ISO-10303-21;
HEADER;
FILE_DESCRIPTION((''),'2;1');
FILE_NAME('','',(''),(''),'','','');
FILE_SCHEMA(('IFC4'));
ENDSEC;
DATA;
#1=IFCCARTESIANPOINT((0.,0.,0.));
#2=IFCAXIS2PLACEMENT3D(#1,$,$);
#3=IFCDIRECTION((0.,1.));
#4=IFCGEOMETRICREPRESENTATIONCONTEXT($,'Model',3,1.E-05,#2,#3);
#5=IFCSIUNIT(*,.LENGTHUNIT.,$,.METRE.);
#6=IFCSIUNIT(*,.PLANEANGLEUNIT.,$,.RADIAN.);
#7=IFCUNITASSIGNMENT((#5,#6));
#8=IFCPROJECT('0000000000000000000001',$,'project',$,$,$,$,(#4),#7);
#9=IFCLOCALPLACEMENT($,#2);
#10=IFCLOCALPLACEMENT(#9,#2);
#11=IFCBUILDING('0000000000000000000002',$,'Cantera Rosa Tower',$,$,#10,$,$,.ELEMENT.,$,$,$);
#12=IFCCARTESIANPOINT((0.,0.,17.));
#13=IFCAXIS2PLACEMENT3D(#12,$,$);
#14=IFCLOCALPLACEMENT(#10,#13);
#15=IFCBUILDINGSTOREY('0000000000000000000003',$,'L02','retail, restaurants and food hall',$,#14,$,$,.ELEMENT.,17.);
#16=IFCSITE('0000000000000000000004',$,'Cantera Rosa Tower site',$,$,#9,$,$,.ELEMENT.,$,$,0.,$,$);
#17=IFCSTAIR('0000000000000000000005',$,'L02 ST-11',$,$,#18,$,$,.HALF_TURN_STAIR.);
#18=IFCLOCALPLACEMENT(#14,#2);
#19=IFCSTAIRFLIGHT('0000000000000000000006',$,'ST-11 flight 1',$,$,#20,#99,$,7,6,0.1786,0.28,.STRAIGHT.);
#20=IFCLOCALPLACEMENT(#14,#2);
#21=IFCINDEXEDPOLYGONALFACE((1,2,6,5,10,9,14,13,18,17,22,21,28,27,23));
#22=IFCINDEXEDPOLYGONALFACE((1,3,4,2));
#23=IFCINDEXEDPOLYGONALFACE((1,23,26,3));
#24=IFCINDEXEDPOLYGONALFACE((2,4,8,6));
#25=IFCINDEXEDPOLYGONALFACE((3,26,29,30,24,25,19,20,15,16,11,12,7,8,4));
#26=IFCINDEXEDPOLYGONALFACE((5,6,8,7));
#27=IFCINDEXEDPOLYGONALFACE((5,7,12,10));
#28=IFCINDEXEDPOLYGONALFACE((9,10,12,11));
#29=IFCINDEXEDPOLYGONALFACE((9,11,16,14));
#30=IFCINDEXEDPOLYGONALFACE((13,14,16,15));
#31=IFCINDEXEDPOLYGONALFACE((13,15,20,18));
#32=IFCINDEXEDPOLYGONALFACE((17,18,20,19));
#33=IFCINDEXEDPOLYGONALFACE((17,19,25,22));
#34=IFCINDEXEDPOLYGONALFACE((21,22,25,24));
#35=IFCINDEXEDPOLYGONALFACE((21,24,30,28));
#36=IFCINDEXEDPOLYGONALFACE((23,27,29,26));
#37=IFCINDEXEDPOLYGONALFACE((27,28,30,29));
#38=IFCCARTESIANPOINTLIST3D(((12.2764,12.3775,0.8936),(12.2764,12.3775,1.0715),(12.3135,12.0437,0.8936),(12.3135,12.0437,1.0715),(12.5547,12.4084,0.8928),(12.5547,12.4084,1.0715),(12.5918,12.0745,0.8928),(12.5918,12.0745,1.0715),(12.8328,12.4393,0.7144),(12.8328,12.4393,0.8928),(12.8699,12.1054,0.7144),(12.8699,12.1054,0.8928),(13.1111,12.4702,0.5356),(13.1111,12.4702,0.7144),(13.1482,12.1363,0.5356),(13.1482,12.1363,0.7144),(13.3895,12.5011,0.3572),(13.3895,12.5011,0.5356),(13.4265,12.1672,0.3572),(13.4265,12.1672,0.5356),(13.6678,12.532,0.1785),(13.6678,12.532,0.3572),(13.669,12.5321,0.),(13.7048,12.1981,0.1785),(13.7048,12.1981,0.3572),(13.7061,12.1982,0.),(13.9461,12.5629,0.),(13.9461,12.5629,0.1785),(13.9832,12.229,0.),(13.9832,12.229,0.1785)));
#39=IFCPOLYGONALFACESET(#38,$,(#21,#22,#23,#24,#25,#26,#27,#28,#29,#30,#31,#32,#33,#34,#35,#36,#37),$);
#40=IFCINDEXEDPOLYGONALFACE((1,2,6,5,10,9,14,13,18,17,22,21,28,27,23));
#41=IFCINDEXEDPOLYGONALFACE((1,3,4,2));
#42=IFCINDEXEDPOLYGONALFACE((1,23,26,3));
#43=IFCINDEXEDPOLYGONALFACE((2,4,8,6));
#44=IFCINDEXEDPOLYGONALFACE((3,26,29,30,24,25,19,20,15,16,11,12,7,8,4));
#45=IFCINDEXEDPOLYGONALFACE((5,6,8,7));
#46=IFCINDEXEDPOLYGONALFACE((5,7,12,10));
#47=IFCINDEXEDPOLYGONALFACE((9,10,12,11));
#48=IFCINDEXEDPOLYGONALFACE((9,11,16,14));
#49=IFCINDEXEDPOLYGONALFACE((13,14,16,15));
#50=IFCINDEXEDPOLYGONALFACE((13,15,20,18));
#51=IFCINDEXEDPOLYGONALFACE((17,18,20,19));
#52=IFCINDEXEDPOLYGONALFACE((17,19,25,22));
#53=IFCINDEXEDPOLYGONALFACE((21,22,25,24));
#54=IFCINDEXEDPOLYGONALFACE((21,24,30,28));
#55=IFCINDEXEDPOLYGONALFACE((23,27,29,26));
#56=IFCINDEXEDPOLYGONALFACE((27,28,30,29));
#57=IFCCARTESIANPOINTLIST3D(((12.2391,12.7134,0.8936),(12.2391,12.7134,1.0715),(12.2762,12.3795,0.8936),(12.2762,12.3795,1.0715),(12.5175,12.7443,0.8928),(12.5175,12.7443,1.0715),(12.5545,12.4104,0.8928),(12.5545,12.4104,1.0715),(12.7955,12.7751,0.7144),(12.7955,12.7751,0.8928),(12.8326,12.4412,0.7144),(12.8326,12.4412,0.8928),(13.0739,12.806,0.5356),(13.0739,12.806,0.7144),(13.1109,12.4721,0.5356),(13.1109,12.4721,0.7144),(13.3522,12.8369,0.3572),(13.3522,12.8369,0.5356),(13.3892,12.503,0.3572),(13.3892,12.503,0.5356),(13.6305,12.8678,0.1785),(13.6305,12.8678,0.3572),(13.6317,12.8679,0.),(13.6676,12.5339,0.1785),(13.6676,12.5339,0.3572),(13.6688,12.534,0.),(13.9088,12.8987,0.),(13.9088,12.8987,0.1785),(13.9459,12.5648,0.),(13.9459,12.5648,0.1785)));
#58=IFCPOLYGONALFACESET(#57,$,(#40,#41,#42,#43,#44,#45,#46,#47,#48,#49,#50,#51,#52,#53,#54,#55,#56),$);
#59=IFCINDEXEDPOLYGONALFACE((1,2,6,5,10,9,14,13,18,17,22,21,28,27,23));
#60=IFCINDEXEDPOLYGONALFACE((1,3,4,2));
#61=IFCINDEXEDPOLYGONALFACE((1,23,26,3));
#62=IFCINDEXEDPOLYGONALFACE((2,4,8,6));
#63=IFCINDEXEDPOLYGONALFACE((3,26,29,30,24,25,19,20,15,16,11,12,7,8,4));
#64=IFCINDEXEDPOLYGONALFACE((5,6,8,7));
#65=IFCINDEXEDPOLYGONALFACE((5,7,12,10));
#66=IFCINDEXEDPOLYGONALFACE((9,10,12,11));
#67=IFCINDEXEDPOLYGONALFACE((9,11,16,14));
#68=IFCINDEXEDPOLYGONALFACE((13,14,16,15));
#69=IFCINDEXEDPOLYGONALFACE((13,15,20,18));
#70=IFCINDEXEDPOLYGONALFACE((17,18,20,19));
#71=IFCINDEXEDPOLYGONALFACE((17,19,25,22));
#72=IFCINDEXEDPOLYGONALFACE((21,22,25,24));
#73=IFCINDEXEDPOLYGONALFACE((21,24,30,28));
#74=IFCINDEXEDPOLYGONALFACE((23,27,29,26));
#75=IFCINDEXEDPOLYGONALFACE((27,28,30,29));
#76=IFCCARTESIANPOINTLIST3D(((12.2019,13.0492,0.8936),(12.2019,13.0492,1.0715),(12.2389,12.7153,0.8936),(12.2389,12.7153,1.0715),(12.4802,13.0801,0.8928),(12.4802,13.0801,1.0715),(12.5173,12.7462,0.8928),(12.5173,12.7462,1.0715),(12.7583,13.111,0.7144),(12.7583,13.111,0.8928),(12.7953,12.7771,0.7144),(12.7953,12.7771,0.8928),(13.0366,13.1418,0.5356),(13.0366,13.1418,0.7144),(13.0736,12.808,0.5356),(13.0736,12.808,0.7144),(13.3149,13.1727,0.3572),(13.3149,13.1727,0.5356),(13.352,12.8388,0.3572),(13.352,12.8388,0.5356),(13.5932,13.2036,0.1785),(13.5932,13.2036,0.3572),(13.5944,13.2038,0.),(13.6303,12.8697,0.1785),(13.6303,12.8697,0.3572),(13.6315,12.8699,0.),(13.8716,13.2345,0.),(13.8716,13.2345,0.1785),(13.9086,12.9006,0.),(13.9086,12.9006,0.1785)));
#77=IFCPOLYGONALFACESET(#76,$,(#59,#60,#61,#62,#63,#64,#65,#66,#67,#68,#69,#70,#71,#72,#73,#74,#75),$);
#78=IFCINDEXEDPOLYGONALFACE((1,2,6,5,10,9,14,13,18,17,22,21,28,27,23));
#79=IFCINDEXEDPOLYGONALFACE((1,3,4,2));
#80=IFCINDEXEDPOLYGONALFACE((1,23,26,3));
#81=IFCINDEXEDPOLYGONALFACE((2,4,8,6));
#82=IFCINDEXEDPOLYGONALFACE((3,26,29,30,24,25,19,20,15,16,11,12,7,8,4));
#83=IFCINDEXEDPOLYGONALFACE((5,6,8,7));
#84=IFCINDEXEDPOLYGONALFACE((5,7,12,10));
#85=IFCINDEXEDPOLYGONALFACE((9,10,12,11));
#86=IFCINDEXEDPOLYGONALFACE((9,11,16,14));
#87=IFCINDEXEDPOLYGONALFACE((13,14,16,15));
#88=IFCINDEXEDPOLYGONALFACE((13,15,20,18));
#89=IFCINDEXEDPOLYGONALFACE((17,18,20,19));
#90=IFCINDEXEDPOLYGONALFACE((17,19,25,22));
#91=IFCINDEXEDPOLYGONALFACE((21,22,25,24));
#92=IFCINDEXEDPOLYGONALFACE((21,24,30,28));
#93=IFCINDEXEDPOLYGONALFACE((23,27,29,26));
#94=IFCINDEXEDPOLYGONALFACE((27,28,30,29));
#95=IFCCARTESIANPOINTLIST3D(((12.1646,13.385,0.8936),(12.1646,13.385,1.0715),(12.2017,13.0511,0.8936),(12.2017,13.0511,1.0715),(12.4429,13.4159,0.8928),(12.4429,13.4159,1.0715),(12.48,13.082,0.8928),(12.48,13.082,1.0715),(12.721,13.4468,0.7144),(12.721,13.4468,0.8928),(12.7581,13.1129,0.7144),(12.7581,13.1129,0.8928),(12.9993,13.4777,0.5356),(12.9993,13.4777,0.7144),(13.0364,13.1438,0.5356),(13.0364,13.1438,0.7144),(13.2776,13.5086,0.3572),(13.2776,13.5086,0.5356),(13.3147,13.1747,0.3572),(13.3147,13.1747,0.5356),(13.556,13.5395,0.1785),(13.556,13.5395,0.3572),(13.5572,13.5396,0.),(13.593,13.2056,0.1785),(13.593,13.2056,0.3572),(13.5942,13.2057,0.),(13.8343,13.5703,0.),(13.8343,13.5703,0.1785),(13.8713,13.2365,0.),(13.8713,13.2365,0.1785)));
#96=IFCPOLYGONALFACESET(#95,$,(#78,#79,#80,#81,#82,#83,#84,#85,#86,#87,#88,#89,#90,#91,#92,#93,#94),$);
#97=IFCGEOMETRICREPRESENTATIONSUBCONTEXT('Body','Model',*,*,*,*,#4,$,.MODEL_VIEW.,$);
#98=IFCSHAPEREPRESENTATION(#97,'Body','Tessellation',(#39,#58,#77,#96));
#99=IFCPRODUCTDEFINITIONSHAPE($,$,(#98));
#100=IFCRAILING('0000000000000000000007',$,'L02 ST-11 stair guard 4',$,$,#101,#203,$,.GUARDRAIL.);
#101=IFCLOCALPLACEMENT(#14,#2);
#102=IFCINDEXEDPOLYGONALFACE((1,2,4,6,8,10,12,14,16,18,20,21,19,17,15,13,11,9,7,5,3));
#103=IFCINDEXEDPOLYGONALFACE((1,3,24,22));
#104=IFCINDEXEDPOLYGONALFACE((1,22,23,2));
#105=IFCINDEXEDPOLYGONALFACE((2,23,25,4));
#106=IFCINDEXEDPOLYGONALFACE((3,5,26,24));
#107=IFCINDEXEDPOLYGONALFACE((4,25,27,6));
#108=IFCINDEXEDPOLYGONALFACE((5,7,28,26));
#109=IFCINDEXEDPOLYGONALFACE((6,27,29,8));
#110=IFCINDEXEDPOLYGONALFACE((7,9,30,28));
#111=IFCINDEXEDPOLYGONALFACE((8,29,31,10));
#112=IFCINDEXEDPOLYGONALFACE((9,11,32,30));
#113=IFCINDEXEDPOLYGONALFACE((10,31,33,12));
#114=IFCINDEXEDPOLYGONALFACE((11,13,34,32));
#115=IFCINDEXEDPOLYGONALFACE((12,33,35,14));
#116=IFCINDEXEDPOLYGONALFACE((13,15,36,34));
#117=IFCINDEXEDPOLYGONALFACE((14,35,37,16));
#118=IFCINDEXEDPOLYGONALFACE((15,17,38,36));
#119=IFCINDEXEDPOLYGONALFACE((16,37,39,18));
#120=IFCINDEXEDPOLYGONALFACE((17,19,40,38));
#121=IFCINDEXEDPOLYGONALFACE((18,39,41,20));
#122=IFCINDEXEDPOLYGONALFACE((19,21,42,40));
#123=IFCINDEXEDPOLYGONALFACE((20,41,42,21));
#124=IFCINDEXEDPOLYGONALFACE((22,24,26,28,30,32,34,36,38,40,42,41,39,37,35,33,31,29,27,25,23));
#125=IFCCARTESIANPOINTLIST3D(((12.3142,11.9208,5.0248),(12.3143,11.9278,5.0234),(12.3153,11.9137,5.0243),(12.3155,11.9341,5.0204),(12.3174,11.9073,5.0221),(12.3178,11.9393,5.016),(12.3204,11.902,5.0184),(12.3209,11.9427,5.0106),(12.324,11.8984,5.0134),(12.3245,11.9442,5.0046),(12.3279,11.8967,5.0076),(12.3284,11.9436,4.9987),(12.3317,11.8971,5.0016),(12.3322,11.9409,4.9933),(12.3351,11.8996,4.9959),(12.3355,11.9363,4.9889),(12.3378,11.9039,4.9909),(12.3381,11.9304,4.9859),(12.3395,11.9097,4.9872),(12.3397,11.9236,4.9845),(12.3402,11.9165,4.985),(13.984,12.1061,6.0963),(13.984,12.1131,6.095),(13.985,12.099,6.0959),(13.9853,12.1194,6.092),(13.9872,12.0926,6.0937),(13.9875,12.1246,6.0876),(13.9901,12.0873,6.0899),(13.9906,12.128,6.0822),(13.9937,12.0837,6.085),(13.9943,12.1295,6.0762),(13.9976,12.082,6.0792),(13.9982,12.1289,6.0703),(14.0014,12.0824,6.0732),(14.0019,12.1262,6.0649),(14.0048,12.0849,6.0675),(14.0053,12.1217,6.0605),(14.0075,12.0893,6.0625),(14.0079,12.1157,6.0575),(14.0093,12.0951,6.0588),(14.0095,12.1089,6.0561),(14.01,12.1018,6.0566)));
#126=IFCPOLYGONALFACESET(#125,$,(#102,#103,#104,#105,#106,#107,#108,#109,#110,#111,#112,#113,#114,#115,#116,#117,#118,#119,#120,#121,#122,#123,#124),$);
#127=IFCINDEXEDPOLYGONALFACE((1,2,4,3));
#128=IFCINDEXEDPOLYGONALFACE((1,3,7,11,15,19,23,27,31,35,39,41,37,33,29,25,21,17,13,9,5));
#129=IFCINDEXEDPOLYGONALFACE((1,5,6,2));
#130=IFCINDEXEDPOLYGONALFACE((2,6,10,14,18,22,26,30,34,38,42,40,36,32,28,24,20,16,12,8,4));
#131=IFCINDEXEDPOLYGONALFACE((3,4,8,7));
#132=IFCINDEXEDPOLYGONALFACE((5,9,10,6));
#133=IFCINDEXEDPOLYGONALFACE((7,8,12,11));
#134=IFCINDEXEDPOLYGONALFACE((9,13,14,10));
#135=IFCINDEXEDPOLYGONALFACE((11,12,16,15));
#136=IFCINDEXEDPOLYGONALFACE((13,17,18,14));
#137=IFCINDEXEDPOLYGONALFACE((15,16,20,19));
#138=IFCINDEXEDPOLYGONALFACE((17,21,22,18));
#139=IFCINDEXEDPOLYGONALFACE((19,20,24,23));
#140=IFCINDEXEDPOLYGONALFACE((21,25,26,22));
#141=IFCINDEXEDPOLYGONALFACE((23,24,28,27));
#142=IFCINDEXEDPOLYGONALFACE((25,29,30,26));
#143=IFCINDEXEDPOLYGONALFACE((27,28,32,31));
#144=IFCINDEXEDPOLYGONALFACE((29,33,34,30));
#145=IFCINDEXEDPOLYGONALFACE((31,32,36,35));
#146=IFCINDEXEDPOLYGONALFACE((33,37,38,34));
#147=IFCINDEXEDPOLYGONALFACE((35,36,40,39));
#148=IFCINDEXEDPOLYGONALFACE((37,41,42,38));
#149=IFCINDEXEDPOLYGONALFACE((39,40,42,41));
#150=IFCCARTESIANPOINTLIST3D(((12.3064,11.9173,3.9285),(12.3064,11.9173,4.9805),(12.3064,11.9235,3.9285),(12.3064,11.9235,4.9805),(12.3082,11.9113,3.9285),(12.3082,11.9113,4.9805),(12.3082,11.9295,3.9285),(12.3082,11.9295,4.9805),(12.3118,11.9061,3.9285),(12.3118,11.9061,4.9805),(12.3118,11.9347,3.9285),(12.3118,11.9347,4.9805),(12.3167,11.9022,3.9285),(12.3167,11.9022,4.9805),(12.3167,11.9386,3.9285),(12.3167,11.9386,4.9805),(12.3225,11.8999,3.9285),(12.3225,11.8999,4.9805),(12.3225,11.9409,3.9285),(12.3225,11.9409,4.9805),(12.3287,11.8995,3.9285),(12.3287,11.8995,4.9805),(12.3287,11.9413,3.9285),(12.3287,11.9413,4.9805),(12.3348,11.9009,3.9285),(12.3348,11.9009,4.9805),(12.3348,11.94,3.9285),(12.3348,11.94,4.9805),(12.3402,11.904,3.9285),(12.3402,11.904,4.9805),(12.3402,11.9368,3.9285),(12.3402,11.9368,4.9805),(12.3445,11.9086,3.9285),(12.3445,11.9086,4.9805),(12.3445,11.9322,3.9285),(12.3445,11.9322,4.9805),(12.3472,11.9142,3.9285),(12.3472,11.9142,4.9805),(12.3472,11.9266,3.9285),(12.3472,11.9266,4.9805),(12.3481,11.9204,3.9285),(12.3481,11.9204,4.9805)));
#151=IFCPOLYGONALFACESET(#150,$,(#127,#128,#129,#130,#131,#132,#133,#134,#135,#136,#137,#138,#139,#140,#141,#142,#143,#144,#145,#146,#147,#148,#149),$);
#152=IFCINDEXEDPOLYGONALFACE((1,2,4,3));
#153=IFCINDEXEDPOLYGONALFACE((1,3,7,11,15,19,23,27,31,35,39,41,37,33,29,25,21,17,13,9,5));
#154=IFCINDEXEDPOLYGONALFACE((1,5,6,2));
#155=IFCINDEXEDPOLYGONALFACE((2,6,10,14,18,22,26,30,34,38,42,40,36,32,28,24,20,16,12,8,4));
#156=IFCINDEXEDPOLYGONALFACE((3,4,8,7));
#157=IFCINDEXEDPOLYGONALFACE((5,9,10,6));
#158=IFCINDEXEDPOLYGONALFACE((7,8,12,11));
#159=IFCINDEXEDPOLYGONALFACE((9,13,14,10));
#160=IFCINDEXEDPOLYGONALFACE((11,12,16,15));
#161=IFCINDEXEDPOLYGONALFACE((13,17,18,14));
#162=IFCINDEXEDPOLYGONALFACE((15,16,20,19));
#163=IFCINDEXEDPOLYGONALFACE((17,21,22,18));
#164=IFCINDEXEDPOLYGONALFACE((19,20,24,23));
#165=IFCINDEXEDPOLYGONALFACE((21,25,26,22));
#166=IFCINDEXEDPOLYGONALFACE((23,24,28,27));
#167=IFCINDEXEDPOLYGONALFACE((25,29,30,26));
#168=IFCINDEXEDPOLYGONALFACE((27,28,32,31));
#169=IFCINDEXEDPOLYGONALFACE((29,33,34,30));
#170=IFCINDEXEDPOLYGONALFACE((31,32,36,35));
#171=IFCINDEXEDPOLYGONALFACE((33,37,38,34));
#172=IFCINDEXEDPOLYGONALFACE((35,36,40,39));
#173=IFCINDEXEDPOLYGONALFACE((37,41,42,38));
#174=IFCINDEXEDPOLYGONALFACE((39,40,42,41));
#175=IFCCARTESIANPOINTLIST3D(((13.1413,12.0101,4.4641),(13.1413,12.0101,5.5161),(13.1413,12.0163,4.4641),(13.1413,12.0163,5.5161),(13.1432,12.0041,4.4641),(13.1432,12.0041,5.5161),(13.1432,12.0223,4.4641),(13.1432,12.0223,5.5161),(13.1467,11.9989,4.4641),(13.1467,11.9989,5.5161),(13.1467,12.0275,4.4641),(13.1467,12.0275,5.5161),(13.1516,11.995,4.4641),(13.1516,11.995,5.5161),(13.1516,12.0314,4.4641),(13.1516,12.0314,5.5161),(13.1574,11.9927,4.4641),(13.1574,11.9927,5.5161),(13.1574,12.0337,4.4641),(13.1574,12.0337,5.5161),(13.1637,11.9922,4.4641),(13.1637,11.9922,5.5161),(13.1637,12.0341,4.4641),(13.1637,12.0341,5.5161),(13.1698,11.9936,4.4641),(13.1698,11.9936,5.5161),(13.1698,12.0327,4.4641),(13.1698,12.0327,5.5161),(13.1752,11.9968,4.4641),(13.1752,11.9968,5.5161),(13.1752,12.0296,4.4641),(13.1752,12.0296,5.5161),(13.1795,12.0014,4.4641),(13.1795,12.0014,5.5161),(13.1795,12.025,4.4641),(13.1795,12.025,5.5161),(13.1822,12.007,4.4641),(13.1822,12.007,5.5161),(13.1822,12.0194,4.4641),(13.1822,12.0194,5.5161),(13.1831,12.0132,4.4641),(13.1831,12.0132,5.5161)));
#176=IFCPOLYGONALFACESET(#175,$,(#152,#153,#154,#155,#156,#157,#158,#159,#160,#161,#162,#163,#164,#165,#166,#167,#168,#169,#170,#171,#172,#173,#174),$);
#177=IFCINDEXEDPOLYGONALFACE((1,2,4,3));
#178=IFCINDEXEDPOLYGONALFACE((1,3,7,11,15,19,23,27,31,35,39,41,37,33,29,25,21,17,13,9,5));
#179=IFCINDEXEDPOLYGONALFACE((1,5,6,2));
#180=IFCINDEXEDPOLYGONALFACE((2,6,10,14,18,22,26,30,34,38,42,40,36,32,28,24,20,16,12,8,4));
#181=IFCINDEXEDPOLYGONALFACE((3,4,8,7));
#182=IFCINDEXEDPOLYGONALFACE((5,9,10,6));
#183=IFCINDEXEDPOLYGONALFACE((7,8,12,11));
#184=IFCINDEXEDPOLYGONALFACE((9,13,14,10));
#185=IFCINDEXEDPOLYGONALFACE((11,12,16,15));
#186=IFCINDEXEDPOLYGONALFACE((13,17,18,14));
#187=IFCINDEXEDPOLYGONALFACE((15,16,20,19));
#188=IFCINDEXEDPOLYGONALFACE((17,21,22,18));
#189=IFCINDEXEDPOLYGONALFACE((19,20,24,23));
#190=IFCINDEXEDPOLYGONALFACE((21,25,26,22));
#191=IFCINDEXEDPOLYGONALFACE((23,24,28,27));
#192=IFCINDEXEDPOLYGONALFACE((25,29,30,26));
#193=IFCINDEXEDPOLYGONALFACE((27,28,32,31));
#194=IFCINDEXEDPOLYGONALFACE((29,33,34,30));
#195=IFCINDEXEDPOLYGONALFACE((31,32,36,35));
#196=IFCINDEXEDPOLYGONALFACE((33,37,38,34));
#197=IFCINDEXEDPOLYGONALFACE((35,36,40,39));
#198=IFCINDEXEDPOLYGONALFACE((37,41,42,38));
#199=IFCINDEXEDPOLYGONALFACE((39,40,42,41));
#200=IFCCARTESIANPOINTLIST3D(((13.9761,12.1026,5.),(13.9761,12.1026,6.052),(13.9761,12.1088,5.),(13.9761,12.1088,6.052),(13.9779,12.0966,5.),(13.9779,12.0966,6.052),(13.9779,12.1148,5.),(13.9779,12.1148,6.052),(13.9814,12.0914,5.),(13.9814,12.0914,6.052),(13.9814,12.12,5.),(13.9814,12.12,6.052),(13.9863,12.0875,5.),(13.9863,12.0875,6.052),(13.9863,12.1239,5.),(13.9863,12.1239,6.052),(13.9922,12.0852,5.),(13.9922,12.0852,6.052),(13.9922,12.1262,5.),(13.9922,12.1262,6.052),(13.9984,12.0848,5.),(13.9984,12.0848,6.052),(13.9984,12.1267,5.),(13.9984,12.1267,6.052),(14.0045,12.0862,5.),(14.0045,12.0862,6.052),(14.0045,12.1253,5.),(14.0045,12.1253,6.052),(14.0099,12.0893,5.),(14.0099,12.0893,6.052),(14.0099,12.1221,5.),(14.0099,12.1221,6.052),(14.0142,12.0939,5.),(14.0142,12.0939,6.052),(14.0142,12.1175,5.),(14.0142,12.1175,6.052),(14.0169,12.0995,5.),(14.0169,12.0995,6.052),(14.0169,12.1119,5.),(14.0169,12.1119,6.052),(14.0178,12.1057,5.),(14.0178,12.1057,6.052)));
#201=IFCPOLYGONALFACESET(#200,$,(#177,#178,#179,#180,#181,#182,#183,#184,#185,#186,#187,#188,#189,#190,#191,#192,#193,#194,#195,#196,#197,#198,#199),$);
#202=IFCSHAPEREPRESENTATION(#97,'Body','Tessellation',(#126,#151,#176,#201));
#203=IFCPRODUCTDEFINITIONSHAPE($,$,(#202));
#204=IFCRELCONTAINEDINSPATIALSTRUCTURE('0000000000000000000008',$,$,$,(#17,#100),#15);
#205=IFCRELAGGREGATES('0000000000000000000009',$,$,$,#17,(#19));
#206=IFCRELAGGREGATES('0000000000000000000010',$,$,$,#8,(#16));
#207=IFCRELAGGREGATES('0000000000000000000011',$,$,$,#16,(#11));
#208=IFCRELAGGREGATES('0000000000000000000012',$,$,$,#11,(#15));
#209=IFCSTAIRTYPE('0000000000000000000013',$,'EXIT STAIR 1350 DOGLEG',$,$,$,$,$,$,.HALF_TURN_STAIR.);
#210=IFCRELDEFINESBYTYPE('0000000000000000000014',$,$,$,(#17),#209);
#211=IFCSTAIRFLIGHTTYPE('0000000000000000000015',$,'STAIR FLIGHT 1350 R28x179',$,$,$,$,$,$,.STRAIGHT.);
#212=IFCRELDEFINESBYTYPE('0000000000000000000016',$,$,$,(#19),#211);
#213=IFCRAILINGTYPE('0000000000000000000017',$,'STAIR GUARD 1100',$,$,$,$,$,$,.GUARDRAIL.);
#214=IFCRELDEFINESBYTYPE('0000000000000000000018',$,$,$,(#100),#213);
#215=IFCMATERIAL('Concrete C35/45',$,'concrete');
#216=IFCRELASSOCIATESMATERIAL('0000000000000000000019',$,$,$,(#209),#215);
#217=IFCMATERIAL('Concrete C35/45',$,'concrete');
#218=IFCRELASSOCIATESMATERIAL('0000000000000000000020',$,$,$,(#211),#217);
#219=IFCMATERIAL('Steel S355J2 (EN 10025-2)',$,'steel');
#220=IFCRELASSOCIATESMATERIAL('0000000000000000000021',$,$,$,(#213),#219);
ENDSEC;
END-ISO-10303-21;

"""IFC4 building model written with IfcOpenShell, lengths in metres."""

from ifc_helpers import new_model, si_unit, direction, frame, origin, origin_2d, place, context, subcontext, project, spatial, polyline, circle, outline, extrude, material, type_object, element, aggregate, save


model = new_model("IFC4")

# Units and contexts
model_context = context("Model", 3, precision=1e-05, world=origin(), true_north=direction((0.0, 1.0)))
body_context = subcontext(model_context, "Body", "Model", "MODEL_VIEW")
ifc_project = project(units=[si_unit("LENGTHUNIT", "METRE"), si_unit("PLANEANGLEUNIT", "RADIAN")], contexts=[model_context])

# Site, building, storey
site_placement = place(None, origin())
site = spatial("IfcSite", under=ifc_project, at=site_placement, Name="Cantera Rosa Tower site", CompositionType="ELEMENT", RefElevation=0.0)
building_placement = place(site_placement, origin())
building = spatial("IfcBuilding", under=site, at=building_placement, Name="Cantera Rosa Tower", CompositionType="ELEMENT")
storey_placement = place(building_placement, frame((0.0, 0.0, 17.0)))
storey = spatial("IfcBuildingStorey", under=building, at=storey_placement, Name="L02", Description="retail, restaurants and food hall", CompositionType="ELEMENT", Elevation=17.0)

# Stair, stair flight
ifc_material_1 = material(Name="Concrete C35/45", Category="concrete")
stair_type = type_object("IfcStairType", Name="EXIT STAIR 1350 DOGLEG", PredefinedType="HALF_TURN_STAIR", material=ifc_material_1)
stair_placement = place(storey_placement, origin())
stair = element("IfcStair", 1, at=stair_placement, inside=storey, type_object=stair_type, Name="L02 ST-11", PredefinedType="HALF_TURN_STAIR")
ifc_material_2 = material(Name="Concrete C35/45", Category="concrete")
stair_flight_type = type_object("IfcStairFlightType", Name="STAIR FLIGHT 1350 R28x179", PredefinedType="STRAIGHT", material=ifc_material_2)
stair_flight_placement = place(storey_placement, frame((13.9087, 12.8999, 0.0), z_axis=(0.0, 0.0, 1.0), x_axis=(-0.993897, -0.110313, 0.0)))
stair_flight = element("IfcStairFlight", 2, at=stair_flight_placement, type_object=stair_flight_type, Name="ST-11 flight 1", NumberOfRisers=7, NumberOfTreads=6, PredefinedType="STRAIGHT", RiserHeight=0.1786, TreadLength=0.28, context=body_context, shape_type="SweptSolid", body=[
    extrude(outline(polyline([(0.0, 0.0), (0.0, 0.1785), (0.28, 0.1785), (0.28, 0.3572), (0.5601, 0.3572), (0.5601, 0.5356), (0.8401, 0.5356), (0.8401, 0.7144), (1.1201, 0.7144), (1.1201, 0.8928), (1.3999, 0.8928), (1.3999, 1.0715), (1.6799, 1.0715), (1.6799, 1.25), (1.6799, 0.8936), (0.2788, 0.0), (0.0, 0.0)])), frame((0.0, 0.675, 0.0), z_axis=(0.0, -1.0, 0.0), x_axis=(1.0, 0.0, 0.0)), (0.0, 0.0, 1.0), 0.3359),
    extrude(outline(polyline([(0.0, 0.0), (0.0, 0.1785), (0.28, 0.1785), (0.28, 0.3572), (0.5601, 0.3572), (0.5601, 0.5356), (0.8401, 0.5356), (0.8401, 0.7144), (1.1201, 0.7144), (1.1201, 0.8928), (1.3999, 0.8928), (1.3999, 1.0715), (1.6799, 1.0715), (1.6799, 1.25), (1.6799, 0.8936), (0.2788, 0.0), (0.0, 0.0)])), frame((0.0, 0.3372, 0.0), z_axis=(0.0, -1.0, 0.0), x_axis=(1.0, 0.0, 0.0)), (0.0, 0.0, 1.0), 0.3359),
    extrude(outline(polyline([(0.0, 0.0), (0.0, 0.1785), (0.28, 0.1785), (0.28, 0.3572), (0.5601, 0.3572), (0.5601, 0.5356), (0.8401, 0.5356), (0.8401, 0.7144), (1.1201, 0.7144), (1.1201, 0.8928), (1.3999, 0.8928), (1.3999, 1.0715), (1.6799, 1.0715), (1.6799, 1.25), (1.6799, 0.8936), (0.2788, 0.0), (0.0, 0.0)])), frame((0.0, -0.0007, 0.0), z_axis=(0.0, -1.0, 0.0), x_axis=(1.0, 0.0, 0.0)), (0.0, 0.0, 1.0), 0.3359),
    extrude(outline(polyline([(0.0, 0.0), (0.0, 0.1785), (0.28, 0.1785), (0.28, 0.3572), (0.5601, 0.3572), (0.5601, 0.5356), (0.8401, 0.5356), (0.8401, 0.7144), (1.1201, 0.7144), (1.1201, 0.8928), (1.3999, 0.8928), (1.3999, 1.0715), (1.6799, 1.0715), (1.6799, 1.25), (1.6799, 0.8936), (0.2788, 0.0), (0.0, 0.0)])), frame((0.0, -0.3386, 0.0), z_axis=(0.0, -1.0, 0.0), x_axis=(1.0, 0.0, 0.0)), (0.0, 0.0, 1.0), 0.3359),
])
aggregate(stair, [stair_flight])

# Railing
ifc_material_3 = material(Name="Steel S355J2 (EN 10025-2)", Category="steel")
railing_type_1 = type_object("IfcRailingType", Name="STAIR GUARD 1100", PredefinedType="GUARDRAIL", material=ifc_material_3)
railing_1_placement = place(storey_placement, frame((12.3271, 11.9204, 3.9285)))
element("IfcRailing", 3, at=railing_1_placement, inside=storey, type_object=railing_type_1, Name="L02 ST-11 stair guard 4", PredefinedType="GUARDRAIL", context=body_context, shape_type="SweptSolid", body=[
    extrude(circle(Radius=0.0239, at=origin_2d()), frame((0.0, 0.0, 1.0762), z_axis=(0.837951, 0.092997, 0.537764), x_axis=(-0.110304, 0.993898, 0.0)), (0.0, 0.0, 1.0), 1.9927),
    extrude(circle(Radius=0.021, at=origin_2d()), origin(), (0.0, 0.0, 1.0), 1.052),
    extrude(circle(Radius=0.021, at=origin_2d()), frame((0.835, 0.0928, 0.5356)), (0.0, 0.0, 1.0), 1.052),
    extrude(circle(Radius=0.021, at=origin_2d()), frame((1.6697, 0.1853, 1.0715)), (0.0, 0.0, 1.0), 1.052),
])

save(model, "model.ifc")
